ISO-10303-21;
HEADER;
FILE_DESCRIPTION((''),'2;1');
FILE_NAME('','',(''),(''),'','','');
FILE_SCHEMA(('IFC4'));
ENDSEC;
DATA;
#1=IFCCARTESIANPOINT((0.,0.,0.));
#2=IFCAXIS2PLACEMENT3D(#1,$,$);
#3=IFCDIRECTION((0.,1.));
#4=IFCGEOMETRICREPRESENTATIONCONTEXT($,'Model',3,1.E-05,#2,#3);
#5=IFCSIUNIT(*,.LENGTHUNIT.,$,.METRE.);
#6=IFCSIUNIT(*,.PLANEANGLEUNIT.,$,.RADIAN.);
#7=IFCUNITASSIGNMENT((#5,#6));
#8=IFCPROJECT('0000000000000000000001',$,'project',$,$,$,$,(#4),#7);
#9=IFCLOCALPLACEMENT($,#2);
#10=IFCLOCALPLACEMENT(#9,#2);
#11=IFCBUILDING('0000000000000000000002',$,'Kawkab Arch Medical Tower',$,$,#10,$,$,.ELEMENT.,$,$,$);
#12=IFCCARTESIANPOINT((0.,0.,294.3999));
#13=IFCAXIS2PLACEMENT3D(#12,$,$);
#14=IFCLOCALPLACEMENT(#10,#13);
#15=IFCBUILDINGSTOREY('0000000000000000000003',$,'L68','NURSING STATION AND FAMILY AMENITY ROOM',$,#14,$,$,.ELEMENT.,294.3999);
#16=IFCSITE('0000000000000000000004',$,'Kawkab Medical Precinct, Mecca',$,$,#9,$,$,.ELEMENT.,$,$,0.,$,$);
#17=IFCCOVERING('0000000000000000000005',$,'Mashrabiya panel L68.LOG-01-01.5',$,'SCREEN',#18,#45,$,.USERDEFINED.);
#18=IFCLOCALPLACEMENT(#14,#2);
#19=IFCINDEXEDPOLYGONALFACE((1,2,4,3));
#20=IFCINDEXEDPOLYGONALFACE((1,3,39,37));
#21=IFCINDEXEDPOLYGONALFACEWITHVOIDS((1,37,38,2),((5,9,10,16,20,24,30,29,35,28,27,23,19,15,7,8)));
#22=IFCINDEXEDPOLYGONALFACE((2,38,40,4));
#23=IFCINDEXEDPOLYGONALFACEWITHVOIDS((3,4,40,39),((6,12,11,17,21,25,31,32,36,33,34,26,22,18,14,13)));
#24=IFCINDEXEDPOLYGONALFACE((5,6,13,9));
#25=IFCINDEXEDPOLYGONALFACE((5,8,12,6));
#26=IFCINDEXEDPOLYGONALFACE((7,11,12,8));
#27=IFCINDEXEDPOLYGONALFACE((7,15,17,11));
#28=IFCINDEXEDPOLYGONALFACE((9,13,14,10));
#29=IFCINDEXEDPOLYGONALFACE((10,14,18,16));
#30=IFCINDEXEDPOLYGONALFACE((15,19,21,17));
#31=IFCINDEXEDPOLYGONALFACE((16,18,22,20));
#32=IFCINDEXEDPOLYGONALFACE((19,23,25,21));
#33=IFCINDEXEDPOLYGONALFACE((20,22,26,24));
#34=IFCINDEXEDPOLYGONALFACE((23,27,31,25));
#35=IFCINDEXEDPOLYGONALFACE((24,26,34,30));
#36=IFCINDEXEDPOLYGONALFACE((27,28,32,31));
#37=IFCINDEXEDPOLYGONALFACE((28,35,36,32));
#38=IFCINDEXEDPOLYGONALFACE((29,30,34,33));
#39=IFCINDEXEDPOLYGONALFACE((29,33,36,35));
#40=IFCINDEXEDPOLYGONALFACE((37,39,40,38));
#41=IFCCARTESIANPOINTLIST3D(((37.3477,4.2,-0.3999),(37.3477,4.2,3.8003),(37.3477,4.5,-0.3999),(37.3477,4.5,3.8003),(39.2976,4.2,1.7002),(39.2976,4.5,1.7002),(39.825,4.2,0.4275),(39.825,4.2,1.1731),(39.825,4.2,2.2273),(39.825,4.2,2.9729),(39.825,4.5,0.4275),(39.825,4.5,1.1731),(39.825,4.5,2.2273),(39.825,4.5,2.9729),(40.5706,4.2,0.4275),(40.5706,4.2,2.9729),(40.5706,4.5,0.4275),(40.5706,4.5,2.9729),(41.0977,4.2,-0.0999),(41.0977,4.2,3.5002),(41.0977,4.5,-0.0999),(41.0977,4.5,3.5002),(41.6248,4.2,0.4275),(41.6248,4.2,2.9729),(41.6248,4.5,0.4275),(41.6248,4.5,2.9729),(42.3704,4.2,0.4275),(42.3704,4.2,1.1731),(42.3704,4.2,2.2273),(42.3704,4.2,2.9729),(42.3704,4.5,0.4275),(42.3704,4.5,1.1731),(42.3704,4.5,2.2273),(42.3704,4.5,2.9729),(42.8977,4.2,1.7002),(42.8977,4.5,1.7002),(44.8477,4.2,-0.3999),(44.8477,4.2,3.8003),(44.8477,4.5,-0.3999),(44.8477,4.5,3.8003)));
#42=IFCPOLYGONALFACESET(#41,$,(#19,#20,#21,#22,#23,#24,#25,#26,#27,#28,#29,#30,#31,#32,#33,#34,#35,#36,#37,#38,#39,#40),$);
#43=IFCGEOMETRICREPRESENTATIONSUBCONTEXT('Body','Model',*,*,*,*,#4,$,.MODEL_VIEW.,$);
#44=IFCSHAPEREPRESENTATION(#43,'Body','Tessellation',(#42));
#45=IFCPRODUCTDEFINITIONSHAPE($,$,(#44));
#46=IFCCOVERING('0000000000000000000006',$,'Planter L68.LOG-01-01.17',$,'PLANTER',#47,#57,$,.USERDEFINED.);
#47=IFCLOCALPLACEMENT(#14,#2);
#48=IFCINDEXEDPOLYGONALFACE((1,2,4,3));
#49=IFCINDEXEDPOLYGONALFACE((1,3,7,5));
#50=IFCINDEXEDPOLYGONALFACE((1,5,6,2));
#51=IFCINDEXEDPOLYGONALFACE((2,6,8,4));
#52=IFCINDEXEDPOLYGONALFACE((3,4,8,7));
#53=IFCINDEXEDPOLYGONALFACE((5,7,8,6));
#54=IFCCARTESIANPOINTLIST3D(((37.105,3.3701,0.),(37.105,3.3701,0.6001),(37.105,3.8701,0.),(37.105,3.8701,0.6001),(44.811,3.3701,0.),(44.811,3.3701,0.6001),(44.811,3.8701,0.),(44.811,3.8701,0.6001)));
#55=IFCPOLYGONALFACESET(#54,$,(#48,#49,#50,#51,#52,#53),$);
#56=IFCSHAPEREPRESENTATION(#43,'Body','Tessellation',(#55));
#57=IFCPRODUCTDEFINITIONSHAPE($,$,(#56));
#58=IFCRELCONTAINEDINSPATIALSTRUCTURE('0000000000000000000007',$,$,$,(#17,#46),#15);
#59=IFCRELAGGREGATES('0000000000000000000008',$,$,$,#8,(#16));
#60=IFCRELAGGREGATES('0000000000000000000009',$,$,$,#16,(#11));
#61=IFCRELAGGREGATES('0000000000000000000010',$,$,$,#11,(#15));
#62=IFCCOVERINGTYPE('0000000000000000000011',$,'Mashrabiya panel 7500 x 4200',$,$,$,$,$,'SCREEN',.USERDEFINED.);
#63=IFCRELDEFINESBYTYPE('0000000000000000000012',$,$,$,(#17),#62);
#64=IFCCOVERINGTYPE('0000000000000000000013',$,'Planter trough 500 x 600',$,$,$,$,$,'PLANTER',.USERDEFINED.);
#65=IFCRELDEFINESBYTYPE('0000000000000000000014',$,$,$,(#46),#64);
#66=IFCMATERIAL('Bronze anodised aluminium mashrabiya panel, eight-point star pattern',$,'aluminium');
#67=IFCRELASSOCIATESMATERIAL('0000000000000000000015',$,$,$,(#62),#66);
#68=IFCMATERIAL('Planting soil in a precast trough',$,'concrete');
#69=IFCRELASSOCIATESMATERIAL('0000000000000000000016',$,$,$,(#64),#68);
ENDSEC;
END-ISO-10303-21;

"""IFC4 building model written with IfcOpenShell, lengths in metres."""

from ifc_helpers import new_model, si_unit, direction, frame, origin, origin_2d, place, context, subcontext, project, spatial, polyline, rectangle, outline, extrude, material, material_profile, profile_set, type_object, element, save


model = new_model("IFC4")

# Units and contexts
model_context = context("Model", 3, precision=1e-05, world=origin(), true_north=direction((0.0, 1.0)))
body_context = subcontext(model_context, "Body", "Model", "MODEL_VIEW")
ifc_project = project(units=[si_unit("LENGTHUNIT", "METRE"), si_unit("PLANEANGLEUNIT", "RADIAN")], contexts=[model_context])

# Site, building, storey
site_placement = place(None, origin())
site = spatial("IfcSite", under=ifc_project, at=site_placement, Name="Kawkab Medical Precinct, Mecca", CompositionType="ELEMENT", RefElevation=0.0)
building_placement = place(site_placement, origin())
building = spatial("IfcBuilding", under=site, at=building_placement, Name="Kawkab Arch Medical Tower", CompositionType="ELEMENT")
storey_placement = place(building_placement, frame((0.0, 0.0, 294.3999)))
storey = spatial("IfcBuildingStorey", under=building, at=storey_placement, Name="L68", Description="NURSING STATION AND FAMILY AMENITY ROOM", CompositionType="ELEMENT", Elevation=294.3999)

# Coverings
ifc_material_1 = material(Name="Bronze anodised aluminium mashrabiya panel, eight-point star pattern", Category="aluminium")
ifc_material_profile_1 = material_profile(ifc_material_1, outline(polyline([(-3.75, -2.1001), (3.75, -2.1001), (3.75, 2.1001), (-3.75, 2.1001), (-3.75, -2.1001)]), holes=[polyline([(1.8, 0.0), (1.2727, 0.5271), (1.2727, 1.2727), (0.5271, 1.2727), (0.0, 1.8), (-0.5271, 1.2727), (-1.2727, 1.2727), (-1.2727, 0.5271), (-1.8, 0.0), (-1.2727, -0.5271), (-1.2727, -1.2727), (-0.5271, -1.2727), (0.0, -1.8), (0.5271, -1.2727), (1.2727, -1.2727), (1.2727, -0.5271), (1.8, 0.0)])]), Name="Mashrabiya panel 7500x4200")
ifc_profile_set_1 = profile_set([ifc_material_profile_1], Name="Bronze anodised aluminium mashrabiya panel, eight-point star pattern")
covering_type_1 = type_object("IfcCoveringType", Name="Mashrabiya panel 7500 x 4200", ElementType="SCREEN", PredefinedType="USERDEFINED", material=ifc_profile_set_1)
covering_1_placement = place(storey_placement, frame((41.0977, 4.2, 1.7002), z_axis=(0.0, 1.0, 0.0), x_axis=(-1.0, 0.0, 0.0)))
element("IfcCovering", 1, at=covering_1_placement, inside=storey, type_object=covering_type_1, Name="Mashrabiya panel L68.LOG-01-01.5", ObjectType="SCREEN", PredefinedType="USERDEFINED", context=body_context, shape_type="SweptSolid", body=[
    extrude(outline(polyline([(-3.75, -2.1001), (3.75, -2.1001), (3.75, 2.1001), (-3.75, 2.1001), (-3.75, -2.1001)]), holes=[polyline([(1.8, 0.0), (1.2727, 0.5271), (1.2727, 1.2727), (0.5271, 1.2727), (0.0, 1.8), (-0.5271, 1.2727), (-1.2727, 1.2727), (-1.2727, 0.5271), (-1.8, 0.0), (-1.2727, -0.5271), (-1.2727, -1.2727), (-0.5271, -1.2727), (0.0, -1.8), (0.5271, -1.2727), (1.2727, -1.2727), (1.2727, -0.5271), (1.8, 0.0)])]), origin(), (0.0, 0.0, 1.0), 0.3),
])
ifc_material_2 = material(Name="Planting soil in a precast trough", Category="concrete")
ifc_material_profile_2 = material_profile(ifc_material_2, rectangle(XDim=0.5, YDim=0.6001, at=origin_2d()), Name="Trough 500x600")
ifc_profile_set_2 = profile_set([ifc_material_profile_2], Name="Planting soil in a precast trough")
covering_type_2 = type_object("IfcCoveringType", Name="Planter trough 500 x 600", ElementType="PLANTER", PredefinedType="USERDEFINED", material=ifc_profile_set_2)
covering_2_placement = place(storey_placement, frame((37.105, 3.6201, 0.3), z_axis=(1.0, 0.0, 0.0), x_axis=(0.0, 1.0, 0.0)))
element("IfcCovering", 2, at=covering_2_placement, inside=storey, type_object=covering_type_2, Name="Planter L68.LOG-01-01.17", ObjectType="PLANTER", PredefinedType="USERDEFINED", context=body_context, shape_type="SweptSolid", body=[
    extrude(rectangle(XDim=0.5, YDim=0.6001, at=origin_2d()), origin(), (0.0, 0.0, 1.0), 7.7061),
])

save(model, "model.ifc")
